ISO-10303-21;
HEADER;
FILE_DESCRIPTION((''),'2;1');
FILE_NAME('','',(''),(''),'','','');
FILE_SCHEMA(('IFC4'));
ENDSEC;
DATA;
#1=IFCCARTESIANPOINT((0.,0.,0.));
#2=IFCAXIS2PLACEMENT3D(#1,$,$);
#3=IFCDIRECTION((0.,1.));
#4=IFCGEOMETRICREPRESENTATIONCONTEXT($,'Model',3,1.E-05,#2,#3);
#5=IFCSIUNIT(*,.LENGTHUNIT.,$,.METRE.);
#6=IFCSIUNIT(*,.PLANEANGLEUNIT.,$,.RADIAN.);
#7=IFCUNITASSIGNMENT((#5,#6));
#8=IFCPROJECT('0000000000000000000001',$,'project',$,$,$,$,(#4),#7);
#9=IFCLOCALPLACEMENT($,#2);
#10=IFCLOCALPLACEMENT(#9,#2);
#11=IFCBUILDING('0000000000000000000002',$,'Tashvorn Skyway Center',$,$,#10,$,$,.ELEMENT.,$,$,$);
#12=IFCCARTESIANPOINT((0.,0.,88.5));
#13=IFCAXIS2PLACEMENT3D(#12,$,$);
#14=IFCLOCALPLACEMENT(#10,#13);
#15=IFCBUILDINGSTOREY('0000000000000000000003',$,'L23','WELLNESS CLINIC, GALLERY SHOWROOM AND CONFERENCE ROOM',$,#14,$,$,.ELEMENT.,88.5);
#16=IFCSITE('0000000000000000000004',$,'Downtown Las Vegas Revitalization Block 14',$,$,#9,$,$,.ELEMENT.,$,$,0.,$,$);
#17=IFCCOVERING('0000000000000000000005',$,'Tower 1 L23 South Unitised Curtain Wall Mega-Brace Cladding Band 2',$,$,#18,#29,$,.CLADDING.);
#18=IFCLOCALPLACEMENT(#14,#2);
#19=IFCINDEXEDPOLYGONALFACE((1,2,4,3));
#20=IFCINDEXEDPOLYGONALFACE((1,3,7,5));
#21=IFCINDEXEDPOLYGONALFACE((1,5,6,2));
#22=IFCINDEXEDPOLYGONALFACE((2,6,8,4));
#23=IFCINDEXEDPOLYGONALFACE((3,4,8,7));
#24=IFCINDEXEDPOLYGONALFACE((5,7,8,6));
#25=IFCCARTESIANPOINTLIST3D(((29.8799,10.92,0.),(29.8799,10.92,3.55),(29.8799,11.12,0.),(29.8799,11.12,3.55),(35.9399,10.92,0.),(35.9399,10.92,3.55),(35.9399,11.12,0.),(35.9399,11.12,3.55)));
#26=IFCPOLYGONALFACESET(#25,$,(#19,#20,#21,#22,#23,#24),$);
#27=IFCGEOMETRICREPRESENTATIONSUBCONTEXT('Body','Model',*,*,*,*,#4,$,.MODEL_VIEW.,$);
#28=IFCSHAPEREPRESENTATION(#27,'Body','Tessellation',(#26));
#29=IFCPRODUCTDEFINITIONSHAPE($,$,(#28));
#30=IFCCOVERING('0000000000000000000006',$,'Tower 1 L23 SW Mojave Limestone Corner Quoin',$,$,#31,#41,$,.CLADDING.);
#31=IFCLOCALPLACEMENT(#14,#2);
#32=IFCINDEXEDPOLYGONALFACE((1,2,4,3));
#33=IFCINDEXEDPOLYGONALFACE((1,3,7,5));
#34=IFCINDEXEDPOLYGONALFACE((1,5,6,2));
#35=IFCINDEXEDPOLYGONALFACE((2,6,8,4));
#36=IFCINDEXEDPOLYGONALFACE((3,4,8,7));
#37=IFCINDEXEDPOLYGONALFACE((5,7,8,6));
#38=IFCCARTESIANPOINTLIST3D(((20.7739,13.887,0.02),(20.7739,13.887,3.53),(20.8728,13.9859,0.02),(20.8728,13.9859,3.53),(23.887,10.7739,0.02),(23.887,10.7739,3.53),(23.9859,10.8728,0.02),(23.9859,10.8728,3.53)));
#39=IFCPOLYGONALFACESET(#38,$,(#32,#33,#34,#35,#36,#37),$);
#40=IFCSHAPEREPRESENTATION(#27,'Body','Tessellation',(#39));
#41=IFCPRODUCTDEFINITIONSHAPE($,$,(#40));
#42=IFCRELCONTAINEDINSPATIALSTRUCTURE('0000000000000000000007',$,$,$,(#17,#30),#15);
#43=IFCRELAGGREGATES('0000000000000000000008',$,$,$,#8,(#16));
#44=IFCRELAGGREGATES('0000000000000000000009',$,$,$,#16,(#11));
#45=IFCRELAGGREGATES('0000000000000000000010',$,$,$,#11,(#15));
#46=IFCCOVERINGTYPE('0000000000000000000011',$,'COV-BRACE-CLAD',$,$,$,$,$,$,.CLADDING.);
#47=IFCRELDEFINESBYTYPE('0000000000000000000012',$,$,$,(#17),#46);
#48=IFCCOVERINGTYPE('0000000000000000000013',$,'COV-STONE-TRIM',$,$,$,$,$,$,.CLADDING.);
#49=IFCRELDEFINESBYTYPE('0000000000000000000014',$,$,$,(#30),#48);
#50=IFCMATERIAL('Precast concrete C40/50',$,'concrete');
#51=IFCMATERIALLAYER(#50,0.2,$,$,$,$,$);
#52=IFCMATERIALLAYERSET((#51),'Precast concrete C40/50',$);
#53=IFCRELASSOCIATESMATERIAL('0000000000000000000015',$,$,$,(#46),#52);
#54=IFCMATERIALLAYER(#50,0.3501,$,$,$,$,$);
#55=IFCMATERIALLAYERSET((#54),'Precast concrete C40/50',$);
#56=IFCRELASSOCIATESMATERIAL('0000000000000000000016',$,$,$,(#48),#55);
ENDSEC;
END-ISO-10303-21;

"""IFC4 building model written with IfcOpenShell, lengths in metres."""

from ifc_helpers import new_model, si_unit, direction, frame, origin, origin_2d, place, context, subcontext, project, spatial, rectangle, extrude, material, layer, layer_set, type_object, element, save


model = new_model("IFC4")

# Units and contexts
model_context = context("Model", 3, precision=1e-05, world=origin(), true_north=direction((0.0, 1.0)))
body_context = subcontext(model_context, "Body", "Model", "MODEL_VIEW")
ifc_project = project(units=[si_unit("LENGTHUNIT", "METRE"), si_unit("PLANEANGLEUNIT", "RADIAN")], contexts=[model_context])

# Site, building, storey
site_placement = place(None, origin())
site = spatial("IfcSite", under=ifc_project, at=site_placement, Name="Downtown Las Vegas Revitalization Block 14", CompositionType="ELEMENT", RefElevation=0.0)
building_placement = place(site_placement, origin())
building = spatial("IfcBuilding", under=site, at=building_placement, Name="Tashvorn Skyway Center", CompositionType="ELEMENT")
storey_placement = place(building_placement, frame((0.0, 0.0, 88.5)))
storey = spatial("IfcBuildingStorey", under=building, at=storey_placement, Name="L23", Description="WELLNESS CLINIC, GALLERY SHOWROOM AND CONFERENCE ROOM", CompositionType="ELEMENT", Elevation=88.5)

# Shared definitions
ifc_material_1 = material(Name="Precast concrete C40/50", Category="concrete")

# Coverings
ifc_layer_1 = layer(ifc_material_1, 0.2)
ifc_layer_set_1 = layer_set([ifc_layer_1], Name="Precast concrete C40/50")
covering_type_1 = type_object("IfcCoveringType", Name="COV-BRACE-CLAD", PredefinedType="CLADDING", material=ifc_layer_set_1)
covering_1_placement = place(storey_placement, frame((32.9099, 11.02, 0.0), z_axis=(0.0, 0.0, 1.0), x_axis=(-1.0, 0.0, 0.0)))
element("IfcCovering", 1, at=covering_1_placement, inside=storey, type_object=covering_type_1, Name="Tower 1 L23 South Unitised Curtain Wall Mega-Brace Cladding Band 2", PredefinedType="CLADDING", context=body_context, shape_type="SweptSolid", body=[
    extrude(rectangle(XDim=6.0601, YDim=0.2, at=origin_2d()), origin(), (0.0, 0.0, 1.0), 3.55),
])
ifc_layer_2 = layer(ifc_material_1, 0.3501)
ifc_layer_set_2 = layer_set([ifc_layer_2], Name="Precast concrete C40/50")
covering_type_2 = type_object("IfcCoveringType", Name="COV-STONE-TRIM", PredefinedType="CLADDING", material=ifc_layer_set_2)
covering_2_placement = place(storey_placement, frame((22.3799, 12.3799, 0.02), z_axis=(0.0, 0.0, 1.0), x_axis=(-0.707107, 0.707107, 0.0)))
element("IfcCovering", 2, at=covering_2_placement, inside=storey, type_object=covering_type_2, Name="Tower 1 L23 SW Mojave Limestone Corner Quoin", PredefinedType="CLADDING", context=body_context, shape_type="SweptSolid", body=[
    extrude(rectangle(XDim=4.4026, YDim=0.1399, at=origin_2d()), origin(), (0.0, 0.0, 1.0), 3.51),
])

save(model, "model.ifc")
